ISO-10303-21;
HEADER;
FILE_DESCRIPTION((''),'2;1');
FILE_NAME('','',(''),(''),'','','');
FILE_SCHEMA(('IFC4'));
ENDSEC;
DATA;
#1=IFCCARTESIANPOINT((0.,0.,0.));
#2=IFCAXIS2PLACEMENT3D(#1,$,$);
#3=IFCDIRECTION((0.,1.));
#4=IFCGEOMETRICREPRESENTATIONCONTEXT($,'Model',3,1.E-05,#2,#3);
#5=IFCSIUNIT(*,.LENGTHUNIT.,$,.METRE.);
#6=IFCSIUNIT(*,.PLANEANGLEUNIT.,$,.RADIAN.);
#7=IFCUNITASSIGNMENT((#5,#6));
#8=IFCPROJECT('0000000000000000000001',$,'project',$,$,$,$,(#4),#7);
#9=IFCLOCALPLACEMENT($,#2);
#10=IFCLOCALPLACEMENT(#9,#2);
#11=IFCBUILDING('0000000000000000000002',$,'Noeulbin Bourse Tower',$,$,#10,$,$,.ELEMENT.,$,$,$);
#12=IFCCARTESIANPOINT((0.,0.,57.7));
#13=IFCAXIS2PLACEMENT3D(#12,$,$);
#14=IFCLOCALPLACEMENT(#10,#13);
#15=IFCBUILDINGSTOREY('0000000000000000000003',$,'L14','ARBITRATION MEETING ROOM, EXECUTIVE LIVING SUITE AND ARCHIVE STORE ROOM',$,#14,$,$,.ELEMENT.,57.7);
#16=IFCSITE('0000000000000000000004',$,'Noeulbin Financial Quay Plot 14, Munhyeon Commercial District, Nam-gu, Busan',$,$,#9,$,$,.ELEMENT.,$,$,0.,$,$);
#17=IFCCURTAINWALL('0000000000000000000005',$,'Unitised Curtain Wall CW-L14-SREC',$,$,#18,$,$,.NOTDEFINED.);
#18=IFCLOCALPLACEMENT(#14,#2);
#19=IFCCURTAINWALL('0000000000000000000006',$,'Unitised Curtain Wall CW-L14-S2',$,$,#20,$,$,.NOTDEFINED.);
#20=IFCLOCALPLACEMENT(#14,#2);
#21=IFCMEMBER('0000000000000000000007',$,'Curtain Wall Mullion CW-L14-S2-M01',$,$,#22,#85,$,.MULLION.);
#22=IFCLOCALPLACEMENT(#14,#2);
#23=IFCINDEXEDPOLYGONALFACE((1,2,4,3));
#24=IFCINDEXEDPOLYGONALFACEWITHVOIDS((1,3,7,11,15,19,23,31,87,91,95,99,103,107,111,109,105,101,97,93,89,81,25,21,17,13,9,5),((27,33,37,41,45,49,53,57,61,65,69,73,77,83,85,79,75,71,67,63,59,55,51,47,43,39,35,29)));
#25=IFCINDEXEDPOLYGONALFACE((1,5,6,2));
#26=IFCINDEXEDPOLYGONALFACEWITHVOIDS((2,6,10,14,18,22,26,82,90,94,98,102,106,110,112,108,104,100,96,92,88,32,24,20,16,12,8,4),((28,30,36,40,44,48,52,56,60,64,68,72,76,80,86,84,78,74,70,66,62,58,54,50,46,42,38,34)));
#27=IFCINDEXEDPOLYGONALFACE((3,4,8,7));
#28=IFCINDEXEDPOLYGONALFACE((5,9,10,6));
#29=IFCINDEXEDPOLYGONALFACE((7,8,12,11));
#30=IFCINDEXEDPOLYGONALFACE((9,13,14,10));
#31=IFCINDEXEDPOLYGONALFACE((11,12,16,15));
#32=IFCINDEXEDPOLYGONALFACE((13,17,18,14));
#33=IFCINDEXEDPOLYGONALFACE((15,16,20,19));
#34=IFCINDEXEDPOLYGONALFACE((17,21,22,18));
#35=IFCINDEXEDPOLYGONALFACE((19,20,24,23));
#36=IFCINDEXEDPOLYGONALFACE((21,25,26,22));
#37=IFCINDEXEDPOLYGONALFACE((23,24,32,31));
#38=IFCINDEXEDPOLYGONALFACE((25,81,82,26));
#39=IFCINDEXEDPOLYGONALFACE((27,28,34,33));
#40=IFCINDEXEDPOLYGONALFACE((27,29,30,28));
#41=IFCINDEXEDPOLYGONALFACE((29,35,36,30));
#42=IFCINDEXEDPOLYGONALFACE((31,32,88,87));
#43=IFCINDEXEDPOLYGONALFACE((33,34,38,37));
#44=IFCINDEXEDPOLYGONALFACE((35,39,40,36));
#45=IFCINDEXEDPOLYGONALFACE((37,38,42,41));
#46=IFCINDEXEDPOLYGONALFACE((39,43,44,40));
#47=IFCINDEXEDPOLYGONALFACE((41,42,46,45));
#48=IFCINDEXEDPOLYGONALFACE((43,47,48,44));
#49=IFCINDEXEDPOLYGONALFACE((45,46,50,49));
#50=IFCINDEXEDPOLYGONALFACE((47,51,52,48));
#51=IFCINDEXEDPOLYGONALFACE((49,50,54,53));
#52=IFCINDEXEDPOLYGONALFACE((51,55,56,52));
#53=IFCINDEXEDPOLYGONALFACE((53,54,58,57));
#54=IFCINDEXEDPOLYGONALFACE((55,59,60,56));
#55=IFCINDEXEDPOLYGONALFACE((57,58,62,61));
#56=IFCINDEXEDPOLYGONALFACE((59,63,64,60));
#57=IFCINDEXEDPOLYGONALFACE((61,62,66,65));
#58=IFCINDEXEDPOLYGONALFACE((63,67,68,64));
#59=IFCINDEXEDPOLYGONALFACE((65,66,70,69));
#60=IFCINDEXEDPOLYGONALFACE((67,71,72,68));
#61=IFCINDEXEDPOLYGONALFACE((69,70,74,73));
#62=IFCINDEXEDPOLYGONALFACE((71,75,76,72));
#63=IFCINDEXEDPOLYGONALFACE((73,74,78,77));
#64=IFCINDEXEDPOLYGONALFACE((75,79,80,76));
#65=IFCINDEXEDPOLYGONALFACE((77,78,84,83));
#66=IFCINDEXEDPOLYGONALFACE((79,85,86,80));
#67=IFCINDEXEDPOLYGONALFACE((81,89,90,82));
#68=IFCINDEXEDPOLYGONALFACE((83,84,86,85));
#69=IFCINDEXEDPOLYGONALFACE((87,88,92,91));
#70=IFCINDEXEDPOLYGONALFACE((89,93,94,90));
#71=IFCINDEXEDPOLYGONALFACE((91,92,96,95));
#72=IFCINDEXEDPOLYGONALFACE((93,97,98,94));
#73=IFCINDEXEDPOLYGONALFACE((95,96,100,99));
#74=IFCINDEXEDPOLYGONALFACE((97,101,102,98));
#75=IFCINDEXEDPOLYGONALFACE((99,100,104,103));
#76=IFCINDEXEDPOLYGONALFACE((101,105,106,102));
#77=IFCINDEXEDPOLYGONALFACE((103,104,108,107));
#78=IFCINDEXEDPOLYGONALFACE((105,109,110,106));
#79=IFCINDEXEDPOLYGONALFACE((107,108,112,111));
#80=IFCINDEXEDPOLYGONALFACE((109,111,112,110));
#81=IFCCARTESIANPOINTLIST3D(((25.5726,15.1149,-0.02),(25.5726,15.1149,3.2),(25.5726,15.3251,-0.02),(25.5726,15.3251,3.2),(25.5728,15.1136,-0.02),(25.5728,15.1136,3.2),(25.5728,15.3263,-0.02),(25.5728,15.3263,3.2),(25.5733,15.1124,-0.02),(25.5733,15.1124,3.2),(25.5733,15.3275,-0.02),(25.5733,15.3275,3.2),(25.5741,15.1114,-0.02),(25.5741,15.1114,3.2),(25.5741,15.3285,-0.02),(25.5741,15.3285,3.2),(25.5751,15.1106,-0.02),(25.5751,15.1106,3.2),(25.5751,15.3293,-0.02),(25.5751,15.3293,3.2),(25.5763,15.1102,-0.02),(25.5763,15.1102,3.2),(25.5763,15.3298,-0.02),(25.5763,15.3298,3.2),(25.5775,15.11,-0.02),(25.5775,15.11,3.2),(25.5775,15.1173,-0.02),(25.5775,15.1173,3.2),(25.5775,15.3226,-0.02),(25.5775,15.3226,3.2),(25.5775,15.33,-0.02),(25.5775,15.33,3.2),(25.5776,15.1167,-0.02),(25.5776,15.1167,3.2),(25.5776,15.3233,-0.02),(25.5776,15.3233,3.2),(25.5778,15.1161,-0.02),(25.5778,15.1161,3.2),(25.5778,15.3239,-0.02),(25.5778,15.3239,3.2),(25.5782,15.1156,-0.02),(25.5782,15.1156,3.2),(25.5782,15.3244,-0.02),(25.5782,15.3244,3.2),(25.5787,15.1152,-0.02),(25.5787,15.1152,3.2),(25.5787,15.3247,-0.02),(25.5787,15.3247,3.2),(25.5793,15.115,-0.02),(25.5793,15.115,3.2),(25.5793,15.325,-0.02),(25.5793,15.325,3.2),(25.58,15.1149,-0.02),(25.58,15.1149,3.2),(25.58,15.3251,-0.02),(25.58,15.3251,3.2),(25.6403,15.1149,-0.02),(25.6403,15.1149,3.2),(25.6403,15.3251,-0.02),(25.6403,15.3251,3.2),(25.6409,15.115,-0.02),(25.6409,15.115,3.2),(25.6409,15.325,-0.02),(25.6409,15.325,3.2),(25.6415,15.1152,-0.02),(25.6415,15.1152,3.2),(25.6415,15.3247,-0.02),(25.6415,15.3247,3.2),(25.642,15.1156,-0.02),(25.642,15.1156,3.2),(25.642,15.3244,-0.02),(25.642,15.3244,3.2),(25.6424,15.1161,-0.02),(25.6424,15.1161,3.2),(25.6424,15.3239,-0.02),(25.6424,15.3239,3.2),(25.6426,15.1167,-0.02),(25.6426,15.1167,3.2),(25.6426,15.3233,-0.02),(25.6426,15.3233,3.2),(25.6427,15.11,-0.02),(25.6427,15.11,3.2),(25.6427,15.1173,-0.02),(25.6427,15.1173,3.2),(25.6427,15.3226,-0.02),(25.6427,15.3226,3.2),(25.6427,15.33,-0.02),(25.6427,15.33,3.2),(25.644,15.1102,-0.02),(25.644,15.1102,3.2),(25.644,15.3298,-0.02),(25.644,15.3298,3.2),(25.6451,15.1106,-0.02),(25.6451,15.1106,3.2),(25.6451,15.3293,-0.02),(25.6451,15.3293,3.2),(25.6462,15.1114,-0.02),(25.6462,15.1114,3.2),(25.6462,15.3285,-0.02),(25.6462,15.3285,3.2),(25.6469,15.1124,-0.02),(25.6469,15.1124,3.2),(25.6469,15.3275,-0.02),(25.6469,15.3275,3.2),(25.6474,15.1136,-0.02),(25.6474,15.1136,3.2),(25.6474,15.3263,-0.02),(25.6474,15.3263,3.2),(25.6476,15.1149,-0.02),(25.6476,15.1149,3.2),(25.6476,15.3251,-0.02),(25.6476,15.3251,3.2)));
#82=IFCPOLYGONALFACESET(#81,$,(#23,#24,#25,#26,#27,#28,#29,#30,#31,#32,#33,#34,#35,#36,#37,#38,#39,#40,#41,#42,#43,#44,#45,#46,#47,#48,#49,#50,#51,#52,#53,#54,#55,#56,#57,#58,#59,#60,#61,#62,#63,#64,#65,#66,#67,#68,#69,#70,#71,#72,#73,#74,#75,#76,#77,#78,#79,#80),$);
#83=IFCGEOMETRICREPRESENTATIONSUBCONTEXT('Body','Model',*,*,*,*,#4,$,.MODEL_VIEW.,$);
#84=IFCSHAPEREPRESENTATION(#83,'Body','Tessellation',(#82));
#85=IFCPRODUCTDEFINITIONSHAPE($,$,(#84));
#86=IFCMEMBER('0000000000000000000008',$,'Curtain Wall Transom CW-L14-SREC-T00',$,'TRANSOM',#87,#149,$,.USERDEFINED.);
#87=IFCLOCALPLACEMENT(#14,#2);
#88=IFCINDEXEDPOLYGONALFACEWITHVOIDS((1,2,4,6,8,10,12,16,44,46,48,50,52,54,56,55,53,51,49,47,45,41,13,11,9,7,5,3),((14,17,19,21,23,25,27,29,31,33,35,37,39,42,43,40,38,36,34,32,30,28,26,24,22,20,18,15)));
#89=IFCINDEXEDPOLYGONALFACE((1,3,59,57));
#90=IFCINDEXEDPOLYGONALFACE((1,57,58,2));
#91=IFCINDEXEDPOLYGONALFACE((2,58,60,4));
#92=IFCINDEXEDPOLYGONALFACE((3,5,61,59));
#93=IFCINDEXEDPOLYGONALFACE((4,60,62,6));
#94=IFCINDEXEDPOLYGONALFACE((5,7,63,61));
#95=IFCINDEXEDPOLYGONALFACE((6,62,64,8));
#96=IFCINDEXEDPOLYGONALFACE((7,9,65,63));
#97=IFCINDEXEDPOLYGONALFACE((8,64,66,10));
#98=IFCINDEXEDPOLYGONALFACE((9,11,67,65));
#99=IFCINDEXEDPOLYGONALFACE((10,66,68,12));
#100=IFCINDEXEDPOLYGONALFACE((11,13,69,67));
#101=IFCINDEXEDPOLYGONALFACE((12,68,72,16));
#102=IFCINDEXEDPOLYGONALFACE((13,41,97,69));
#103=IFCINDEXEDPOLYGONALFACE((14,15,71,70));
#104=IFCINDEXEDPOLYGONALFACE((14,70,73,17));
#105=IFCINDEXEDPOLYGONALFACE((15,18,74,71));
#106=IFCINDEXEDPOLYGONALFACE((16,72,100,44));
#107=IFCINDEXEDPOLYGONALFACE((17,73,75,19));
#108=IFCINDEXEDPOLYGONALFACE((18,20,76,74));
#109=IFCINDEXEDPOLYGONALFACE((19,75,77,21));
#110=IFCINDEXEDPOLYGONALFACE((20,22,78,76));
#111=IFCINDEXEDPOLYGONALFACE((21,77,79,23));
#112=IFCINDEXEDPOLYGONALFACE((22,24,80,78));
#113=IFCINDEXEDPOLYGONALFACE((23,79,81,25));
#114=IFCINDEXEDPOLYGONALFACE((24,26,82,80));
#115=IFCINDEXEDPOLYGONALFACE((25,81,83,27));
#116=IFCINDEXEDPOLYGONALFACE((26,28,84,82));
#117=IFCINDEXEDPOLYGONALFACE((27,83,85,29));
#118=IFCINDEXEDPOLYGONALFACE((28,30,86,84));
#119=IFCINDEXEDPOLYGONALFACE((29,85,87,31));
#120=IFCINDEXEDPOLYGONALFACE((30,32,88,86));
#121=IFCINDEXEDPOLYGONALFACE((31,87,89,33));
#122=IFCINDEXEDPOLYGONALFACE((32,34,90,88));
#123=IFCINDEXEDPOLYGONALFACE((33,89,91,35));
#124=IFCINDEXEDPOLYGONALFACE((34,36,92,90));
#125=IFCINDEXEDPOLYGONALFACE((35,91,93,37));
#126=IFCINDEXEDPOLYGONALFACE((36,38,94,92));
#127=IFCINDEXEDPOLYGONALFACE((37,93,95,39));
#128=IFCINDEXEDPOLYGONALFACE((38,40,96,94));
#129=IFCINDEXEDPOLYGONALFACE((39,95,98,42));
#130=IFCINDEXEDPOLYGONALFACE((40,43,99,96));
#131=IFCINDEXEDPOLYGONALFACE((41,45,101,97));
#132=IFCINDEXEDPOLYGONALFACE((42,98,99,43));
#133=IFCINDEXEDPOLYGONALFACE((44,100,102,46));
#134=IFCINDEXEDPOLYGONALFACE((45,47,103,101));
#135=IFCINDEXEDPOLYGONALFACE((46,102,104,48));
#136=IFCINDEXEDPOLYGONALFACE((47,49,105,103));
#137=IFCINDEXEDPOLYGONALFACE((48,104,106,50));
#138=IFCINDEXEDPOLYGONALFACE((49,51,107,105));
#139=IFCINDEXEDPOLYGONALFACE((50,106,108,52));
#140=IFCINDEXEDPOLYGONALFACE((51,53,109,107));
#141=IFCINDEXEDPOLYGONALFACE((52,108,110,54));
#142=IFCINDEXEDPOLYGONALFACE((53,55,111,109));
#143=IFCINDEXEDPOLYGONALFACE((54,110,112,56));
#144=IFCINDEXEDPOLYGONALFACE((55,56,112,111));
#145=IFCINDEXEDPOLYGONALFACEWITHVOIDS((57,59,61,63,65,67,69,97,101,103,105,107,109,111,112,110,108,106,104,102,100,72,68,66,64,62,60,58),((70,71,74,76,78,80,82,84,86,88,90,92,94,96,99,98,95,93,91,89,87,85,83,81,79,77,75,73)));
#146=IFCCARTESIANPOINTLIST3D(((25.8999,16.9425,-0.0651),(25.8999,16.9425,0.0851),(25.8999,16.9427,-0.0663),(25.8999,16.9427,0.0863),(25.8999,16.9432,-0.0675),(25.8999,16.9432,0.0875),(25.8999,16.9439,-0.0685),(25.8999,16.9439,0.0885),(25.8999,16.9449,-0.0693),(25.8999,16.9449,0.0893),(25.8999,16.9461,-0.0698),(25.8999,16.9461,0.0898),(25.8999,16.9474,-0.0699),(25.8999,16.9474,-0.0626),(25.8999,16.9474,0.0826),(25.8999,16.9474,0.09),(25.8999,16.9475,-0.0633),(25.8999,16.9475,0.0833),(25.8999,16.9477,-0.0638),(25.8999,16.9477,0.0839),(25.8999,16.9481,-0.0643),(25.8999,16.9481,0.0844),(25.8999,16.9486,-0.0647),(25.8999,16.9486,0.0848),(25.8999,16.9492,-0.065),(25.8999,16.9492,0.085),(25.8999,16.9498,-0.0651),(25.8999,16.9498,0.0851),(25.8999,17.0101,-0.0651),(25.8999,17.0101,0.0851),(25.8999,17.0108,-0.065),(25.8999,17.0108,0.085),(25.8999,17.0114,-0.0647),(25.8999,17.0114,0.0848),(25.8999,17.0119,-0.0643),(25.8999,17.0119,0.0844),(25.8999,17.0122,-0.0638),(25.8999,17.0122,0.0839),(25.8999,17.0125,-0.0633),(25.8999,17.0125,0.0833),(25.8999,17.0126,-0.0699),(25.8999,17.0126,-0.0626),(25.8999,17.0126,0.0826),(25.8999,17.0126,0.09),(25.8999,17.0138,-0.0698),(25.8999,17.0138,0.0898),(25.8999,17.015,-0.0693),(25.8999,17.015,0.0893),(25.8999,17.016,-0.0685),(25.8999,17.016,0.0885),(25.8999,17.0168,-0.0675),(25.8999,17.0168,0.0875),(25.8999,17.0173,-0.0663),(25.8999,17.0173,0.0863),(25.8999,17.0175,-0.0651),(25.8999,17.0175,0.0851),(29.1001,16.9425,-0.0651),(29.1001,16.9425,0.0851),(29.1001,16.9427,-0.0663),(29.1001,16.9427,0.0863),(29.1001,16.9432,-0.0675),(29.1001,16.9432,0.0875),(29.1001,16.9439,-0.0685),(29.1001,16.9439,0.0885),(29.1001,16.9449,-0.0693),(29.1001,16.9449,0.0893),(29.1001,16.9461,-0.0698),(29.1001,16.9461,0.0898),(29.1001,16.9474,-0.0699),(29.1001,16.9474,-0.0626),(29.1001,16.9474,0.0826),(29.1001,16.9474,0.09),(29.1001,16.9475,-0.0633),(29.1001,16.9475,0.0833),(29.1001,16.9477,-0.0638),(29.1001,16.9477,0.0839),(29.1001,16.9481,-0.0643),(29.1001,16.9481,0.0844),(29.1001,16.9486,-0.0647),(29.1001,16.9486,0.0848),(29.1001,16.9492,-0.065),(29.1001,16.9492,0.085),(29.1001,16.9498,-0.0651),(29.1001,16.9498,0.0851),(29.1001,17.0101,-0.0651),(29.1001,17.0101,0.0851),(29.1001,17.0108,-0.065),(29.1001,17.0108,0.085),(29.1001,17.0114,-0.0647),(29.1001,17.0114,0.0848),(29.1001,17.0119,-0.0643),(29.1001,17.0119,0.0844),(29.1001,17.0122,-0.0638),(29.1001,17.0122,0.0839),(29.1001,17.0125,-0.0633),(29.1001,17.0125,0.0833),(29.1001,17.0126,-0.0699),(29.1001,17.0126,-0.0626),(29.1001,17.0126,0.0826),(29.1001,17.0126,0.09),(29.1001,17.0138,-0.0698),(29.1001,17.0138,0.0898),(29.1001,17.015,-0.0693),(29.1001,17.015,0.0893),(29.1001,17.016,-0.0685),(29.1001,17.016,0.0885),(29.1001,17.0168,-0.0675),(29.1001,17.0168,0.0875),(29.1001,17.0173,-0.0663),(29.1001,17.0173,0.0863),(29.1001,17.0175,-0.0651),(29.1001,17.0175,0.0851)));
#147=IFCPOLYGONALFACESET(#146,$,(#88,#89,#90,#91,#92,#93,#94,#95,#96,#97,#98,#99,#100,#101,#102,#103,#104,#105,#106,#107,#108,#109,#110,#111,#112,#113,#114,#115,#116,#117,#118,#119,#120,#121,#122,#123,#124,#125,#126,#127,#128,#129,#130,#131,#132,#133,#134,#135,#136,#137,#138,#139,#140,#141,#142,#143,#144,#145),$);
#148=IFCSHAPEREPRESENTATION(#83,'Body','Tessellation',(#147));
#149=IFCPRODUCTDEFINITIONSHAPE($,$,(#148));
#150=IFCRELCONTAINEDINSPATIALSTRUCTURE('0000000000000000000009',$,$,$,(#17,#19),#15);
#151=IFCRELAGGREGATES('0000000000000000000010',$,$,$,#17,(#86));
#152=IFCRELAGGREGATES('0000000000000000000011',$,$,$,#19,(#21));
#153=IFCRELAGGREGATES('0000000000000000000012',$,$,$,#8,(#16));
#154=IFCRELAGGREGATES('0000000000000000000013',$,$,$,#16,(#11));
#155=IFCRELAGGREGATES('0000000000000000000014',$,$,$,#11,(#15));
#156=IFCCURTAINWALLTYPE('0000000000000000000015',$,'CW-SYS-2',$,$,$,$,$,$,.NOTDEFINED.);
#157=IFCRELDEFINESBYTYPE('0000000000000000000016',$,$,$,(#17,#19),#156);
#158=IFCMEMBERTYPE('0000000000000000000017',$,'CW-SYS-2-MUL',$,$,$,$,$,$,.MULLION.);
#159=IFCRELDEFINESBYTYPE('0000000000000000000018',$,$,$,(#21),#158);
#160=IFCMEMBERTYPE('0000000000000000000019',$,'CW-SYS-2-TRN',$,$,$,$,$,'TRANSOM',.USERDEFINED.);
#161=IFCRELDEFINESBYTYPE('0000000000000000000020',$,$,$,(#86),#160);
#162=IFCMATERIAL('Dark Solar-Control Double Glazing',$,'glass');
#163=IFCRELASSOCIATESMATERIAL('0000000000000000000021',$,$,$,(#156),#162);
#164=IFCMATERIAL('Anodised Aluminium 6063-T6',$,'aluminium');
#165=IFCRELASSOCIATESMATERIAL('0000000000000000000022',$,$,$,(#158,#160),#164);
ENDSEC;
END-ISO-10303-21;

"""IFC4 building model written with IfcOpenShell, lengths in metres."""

from ifc_helpers import new_model, si_unit, direction, frame, origin, origin_2d, place, context, subcontext, project, spatial, hollow_rectangle, extrude, material, material_profile, profile_set, type_object, element, aggregate, save


model = new_model("IFC4")

# Units and contexts
model_context = context("Model", 3, precision=1e-05, world=origin(), true_north=direction((0.0, 1.0)))
body_context = subcontext(model_context, "Body", "Model", "MODEL_VIEW")
ifc_project = project(units=[si_unit("LENGTHUNIT", "METRE"), si_unit("PLANEANGLEUNIT", "RADIAN")], contexts=[model_context])

# Site, building, storey
site_placement = place(None, origin())
site = spatial("IfcSite", under=ifc_project, at=site_placement, Name="Noeulbin Financial Quay Plot 14, Munhyeon Commercial District, Nam-gu, Busan", CompositionType="ELEMENT", RefElevation=0.0)
building_placement = place(site_placement, origin())
building = spatial("IfcBuilding", under=site, at=building_placement, Name="Noeulbin Bourse Tower", CompositionType="ELEMENT")
storey_placement = place(building_placement, frame((0.0, 0.0, 57.7)))
storey = spatial("IfcBuildingStorey", under=building, at=storey_placement, Name="L14", Description="ARBITRATION MEETING ROOM, EXECUTIVE LIVING SUITE AND ARCHIVE STORE ROOM", CompositionType="ELEMENT", Elevation=57.7)

# Curtain wall
ifc_material_1 = material(Name="Dark Solar-Control Double Glazing", Category="glass")
curtain_wall_type = type_object("IfcCurtainWallType", Name="CW-SYS-2", PredefinedType="NOTDEFINED", material=ifc_material_1)
curtain_wall_1_placement = place(storey_placement, origin())
curtain_wall_1 = element("IfcCurtainWall", 1, at=curtain_wall_1_placement, inside=storey, type_object=curtain_wall_type, Name="Unitised Curtain Wall CW-L14-SREC", PredefinedType="NOTDEFINED")
ifc_material_2 = material(Name="Anodised Aluminium 6063-T6", Category="aluminium")
ifc_material_profile_1 = material_profile(ifc_material_2, hollow_rectangle(XDim=0.075, YDim=0.22, WallThickness=0.0049, InnerFilletRadius=0.0024, OuterFilletRadius=0.0049, at=origin_2d()), Name="ALU-MULL-75x220x5", Category="LoadBearing")
ifc_profile_set_1 = profile_set([ifc_material_profile_1], Name="Anodised Aluminium 6063-T6")
member_type_1 = type_object("IfcMemberType", Name="CW-SYS-2-MUL", PredefinedType="MULLION", material=ifc_profile_set_1)

# Curtain wall, member
curtain_wall_2_placement = place(storey_placement, origin())
curtain_wall_2 = element("IfcCurtainWall", 2, at=curtain_wall_2_placement, inside=storey, type_object=curtain_wall_type, Name="Unitised Curtain Wall CW-L14-S2", PredefinedType="NOTDEFINED")
member_1_placement = place(storey_placement, frame((25.6101, 15.22, -0.02), z_axis=(0.0, 0.0, 1.0), x_axis=(1.0, 0.0, 0.0)))
member_1 = element("IfcMember", 3, at=member_1_placement, type_object=member_type_1, Name="Curtain Wall Mullion CW-L14-S2-M01", PredefinedType="MULLION", context=body_context, shape_type="SweptSolid", body=[
    extrude(hollow_rectangle(XDim=0.075, YDim=0.22, WallThickness=0.0049, InnerFilletRadius=0.0024, OuterFilletRadius=0.0049, at=origin_2d()), origin(), (0.0, 0.0, 1.0), 3.22),
])

# Member
ifc_material_profile_2 = material_profile(ifc_material_2, hollow_rectangle(XDim=0.075, YDim=0.1599, WallThickness=0.0049, InnerFilletRadius=0.0024, OuterFilletRadius=0.0049, at=origin_2d()), Name="ALU-TRAN-75x160x5", Category="LoadBearing")
ifc_profile_set_2 = profile_set([ifc_material_profile_2], Name="Anodised Aluminium 6063-T6")
member_type_2 = type_object("IfcMemberType", Name="CW-SYS-2-TRN", ElementType="TRANSOM", PredefinedType="USERDEFINED", material=ifc_profile_set_2)
member_2_placement = place(storey_placement, frame((25.8999, 16.98, 0.01), z_axis=(1.0, 0.0, 0.0), x_axis=(0.0, 1.0, 0.0)))
member_2 = element("IfcMember", 4, at=member_2_placement, type_object=member_type_2, Name="Curtain Wall Transom CW-L14-SREC-T00", ObjectType="TRANSOM", PredefinedType="USERDEFINED", context=body_context, shape_type="SweptSolid", body=[
    extrude(hollow_rectangle(XDim=0.075, YDim=0.1599, WallThickness=0.0049, InnerFilletRadius=0.0024, OuterFilletRadius=0.0049, at=origin_2d()), origin(), (0.0, 0.0, 1.0), 3.2002),
])

aggregate(curtain_wall_1, [member_2])
aggregate(curtain_wall_2, [member_1])

save(model, "model.ifc")
